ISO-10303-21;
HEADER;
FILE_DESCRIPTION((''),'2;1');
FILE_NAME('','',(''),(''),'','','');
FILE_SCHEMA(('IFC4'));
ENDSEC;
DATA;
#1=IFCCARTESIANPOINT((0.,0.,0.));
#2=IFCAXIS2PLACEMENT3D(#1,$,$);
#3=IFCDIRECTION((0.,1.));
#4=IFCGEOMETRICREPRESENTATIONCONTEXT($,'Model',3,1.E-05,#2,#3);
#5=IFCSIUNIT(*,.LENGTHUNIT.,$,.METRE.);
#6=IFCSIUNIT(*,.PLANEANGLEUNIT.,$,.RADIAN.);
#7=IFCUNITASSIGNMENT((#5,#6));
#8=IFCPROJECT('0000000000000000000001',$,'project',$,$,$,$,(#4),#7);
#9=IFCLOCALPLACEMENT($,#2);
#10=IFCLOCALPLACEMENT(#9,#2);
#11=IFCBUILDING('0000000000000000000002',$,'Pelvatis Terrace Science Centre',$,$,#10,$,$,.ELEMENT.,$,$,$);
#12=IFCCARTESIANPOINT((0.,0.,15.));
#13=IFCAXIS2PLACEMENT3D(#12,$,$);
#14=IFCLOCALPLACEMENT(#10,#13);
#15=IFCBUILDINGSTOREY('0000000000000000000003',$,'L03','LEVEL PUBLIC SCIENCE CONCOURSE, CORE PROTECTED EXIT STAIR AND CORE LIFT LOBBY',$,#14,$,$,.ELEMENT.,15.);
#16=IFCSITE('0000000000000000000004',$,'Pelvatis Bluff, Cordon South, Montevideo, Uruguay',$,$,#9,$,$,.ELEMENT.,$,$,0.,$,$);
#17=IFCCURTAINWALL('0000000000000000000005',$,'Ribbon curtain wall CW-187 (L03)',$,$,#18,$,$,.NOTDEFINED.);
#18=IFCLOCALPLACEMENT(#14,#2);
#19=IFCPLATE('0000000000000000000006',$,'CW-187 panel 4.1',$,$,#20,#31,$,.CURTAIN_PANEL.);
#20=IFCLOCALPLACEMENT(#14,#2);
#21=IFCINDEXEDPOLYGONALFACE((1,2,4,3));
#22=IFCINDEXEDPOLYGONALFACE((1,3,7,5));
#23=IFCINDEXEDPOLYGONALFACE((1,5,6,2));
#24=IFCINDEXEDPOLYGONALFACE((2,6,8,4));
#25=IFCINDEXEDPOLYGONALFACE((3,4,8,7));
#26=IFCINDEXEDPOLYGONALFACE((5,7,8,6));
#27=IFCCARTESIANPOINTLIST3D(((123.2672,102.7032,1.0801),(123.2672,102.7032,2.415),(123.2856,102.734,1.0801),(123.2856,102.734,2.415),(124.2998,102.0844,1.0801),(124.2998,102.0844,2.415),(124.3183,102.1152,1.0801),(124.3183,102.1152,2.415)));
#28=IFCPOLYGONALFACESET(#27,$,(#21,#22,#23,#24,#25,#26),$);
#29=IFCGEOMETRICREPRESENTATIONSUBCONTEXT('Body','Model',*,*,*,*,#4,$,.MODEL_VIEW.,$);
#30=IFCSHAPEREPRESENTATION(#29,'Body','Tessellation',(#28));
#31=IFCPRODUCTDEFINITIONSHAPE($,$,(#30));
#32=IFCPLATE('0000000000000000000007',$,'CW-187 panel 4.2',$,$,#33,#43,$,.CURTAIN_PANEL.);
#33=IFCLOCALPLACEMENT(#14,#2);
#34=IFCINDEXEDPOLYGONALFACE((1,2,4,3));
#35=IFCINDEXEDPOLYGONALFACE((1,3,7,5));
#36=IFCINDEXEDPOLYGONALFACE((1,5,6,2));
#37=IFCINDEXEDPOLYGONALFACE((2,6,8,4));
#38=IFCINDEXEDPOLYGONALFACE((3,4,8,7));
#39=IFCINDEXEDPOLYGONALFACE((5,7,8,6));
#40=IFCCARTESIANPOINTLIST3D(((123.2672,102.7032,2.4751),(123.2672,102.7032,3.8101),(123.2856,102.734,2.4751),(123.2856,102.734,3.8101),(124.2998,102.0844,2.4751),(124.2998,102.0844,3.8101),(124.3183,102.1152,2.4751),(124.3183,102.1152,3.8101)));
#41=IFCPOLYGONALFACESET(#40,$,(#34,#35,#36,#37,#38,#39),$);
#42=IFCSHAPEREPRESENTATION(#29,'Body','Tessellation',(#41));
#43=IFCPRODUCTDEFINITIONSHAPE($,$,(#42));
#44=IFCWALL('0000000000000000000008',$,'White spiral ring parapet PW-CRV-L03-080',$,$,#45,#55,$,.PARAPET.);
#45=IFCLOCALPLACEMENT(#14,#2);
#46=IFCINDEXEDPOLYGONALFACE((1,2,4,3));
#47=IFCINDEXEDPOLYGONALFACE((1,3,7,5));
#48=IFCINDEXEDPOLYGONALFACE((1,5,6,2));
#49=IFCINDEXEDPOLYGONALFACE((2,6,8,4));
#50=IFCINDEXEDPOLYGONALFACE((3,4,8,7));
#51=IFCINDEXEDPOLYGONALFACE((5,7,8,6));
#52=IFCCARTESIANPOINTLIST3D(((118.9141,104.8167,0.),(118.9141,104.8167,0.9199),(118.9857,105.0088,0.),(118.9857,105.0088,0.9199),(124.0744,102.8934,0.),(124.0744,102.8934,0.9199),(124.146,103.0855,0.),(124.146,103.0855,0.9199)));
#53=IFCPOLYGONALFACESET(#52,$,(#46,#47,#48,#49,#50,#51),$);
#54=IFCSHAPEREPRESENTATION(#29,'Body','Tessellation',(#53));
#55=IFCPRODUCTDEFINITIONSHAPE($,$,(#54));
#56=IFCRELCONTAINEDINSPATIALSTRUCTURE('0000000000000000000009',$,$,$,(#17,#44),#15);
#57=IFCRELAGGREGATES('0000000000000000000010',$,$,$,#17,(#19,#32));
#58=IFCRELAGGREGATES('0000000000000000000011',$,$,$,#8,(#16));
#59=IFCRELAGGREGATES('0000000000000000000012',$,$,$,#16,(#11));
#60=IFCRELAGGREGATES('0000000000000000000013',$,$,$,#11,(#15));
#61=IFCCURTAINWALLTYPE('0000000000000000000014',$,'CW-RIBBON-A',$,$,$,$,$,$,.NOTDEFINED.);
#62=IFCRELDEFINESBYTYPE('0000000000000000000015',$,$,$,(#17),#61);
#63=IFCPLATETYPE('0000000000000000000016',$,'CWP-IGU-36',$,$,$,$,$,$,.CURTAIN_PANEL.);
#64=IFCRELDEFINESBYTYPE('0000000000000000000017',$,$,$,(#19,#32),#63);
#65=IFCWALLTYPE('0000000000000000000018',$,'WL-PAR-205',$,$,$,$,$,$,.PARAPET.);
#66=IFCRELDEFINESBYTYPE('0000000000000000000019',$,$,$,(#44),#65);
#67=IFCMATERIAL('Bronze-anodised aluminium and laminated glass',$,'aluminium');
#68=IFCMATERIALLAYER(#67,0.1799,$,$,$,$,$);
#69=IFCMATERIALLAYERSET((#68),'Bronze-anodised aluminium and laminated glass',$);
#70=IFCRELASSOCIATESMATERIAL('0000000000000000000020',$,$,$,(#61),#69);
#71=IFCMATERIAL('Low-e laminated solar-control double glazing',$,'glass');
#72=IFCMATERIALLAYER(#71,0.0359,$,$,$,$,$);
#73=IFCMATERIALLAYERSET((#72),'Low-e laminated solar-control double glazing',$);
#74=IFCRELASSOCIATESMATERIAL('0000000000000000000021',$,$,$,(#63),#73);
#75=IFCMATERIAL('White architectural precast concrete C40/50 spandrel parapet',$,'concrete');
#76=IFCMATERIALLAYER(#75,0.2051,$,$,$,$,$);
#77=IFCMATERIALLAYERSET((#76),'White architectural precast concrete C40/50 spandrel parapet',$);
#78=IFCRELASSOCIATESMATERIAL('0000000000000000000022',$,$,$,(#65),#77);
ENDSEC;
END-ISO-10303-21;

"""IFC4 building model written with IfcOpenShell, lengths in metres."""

from ifc_helpers import new_model, si_unit, direction, frame, frame_2d, origin, origin_2d, place, context, subcontext, project, spatial, rectangle, extrude, material, layer, layer_set, type_object, element, aggregate, save


model = new_model("IFC4")

# Units and contexts
model_context = context("Model", 3, precision=1e-05, world=origin(), true_north=direction((0.0, 1.0)))
body_context = subcontext(model_context, "Body", "Model", "MODEL_VIEW")
ifc_project = project(units=[si_unit("LENGTHUNIT", "METRE"), si_unit("PLANEANGLEUNIT", "RADIAN")], contexts=[model_context])

# Site, building, storey
site_placement = place(None, origin())
site = spatial("IfcSite", under=ifc_project, at=site_placement, Name="Pelvatis Bluff, Cordon South, Montevideo, Uruguay", CompositionType="ELEMENT", RefElevation=0.0)
building_placement = place(site_placement, origin())
building = spatial("IfcBuilding", under=site, at=building_placement, Name="Pelvatis Terrace Science Centre", CompositionType="ELEMENT")
storey_placement = place(building_placement, frame((0.0, 0.0, 15.0)))
storey = spatial("IfcBuildingStorey", under=building, at=storey_placement, Name="L03", Description="LEVEL PUBLIC SCIENCE CONCOURSE, CORE PROTECTED EXIT STAIR AND CORE LIFT LOBBY", CompositionType="ELEMENT", Elevation=15.0)

# Curtain wall, plates
ifc_material_1 = material(Name="Bronze-anodised aluminium and laminated glass", Category="aluminium")
ifc_layer_1 = layer(ifc_material_1, 0.1799)
ifc_layer_set_1 = layer_set([ifc_layer_1], Name="Bronze-anodised aluminium and laminated glass")
curtain_wall_type = type_object("IfcCurtainWallType", Name="CW-RIBBON-A", PredefinedType="NOTDEFINED", material=ifc_layer_set_1)
curtain_wall_placement = place(storey_placement, origin())
curtain_wall = element("IfcCurtainWall", 1, at=curtain_wall_placement, inside=storey, type_object=curtain_wall_type, Name="Ribbon curtain wall CW-187 (L03)", PredefinedType="NOTDEFINED")
ifc_material_2 = material(Name="Low-e laminated solar-control double glazing", Category="glass")
ifc_layer_2 = layer(ifc_material_2, 0.0359)
ifc_layer_set_2 = layer_set([ifc_layer_2], Name="Low-e laminated solar-control double glazing")
plate_type = type_object("IfcPlateType", Name="CWP-IGU-36", PredefinedType="CURTAIN_PANEL", material=ifc_layer_set_2)
plate_1_placement = place(storey_placement, frame((123.7927, 102.4092, 1.0801), z_axis=(0.0, 0.0, 1.0), x_axis=(-0.857793, 0.513996, 0.0)))
plate_1 = element("IfcPlate", 2, at=plate_1_placement, type_object=plate_type, Name="CW-187 panel 4.1", PredefinedType="CURTAIN_PANEL", context=body_context, shape_type="SweptSolid", body=[
    extrude(rectangle(XDim=1.2039, YDim=0.0359, at=origin_2d()), origin(), (0.0, 0.0, 1.0), 1.335),
])
plate_2_placement = place(storey_placement, frame((123.7927, 102.4092, 2.4751), z_axis=(0.0, 0.0, 1.0), x_axis=(-0.857793, 0.513996, 0.0)))
plate_2 = element("IfcPlate", 3, at=plate_2_placement, type_object=plate_type, Name="CW-187 panel 4.2", PredefinedType="CURTAIN_PANEL", context=body_context, shape_type="SweptSolid", body=[
    extrude(rectangle(XDim=1.2039, YDim=0.0359, at=origin_2d()), origin(), (0.0, 0.0, 1.0), 1.335),
])
aggregate(curtain_wall, [plate_1, plate_2])

# Wall
ifc_material_3 = material(Name="White architectural precast concrete C40/50 spandrel parapet", Category="concrete")
ifc_layer_3 = layer(ifc_material_3, 0.2051)
ifc_layer_set_3 = layer_set([ifc_layer_3], Name="White architectural precast concrete C40/50 spandrel parapet")
wall_type = type_object("IfcWallType", Name="WL-PAR-205", PredefinedType="PARAPET", material=ifc_layer_set_3)
wall_placement = place(storey_placement, frame((124.1101, 102.9895, 0.0), z_axis=(0.0, 0.0, 1.0), x_axis=(-0.937032, 0.349243, 0.0)))
element("IfcWall", 4, at=wall_placement, inside=storey, type_object=wall_type, Name="White spiral ring parapet PW-CRV-L03-080", PredefinedType="PARAPET", context=body_context, shape_type="SweptSolid", body=[
    extrude(rectangle(XDim=5.5071, YDim=0.2051, at=frame_2d((2.7534, 0.0))), origin(), (0.0, 0.0, 1.0), 0.9199),
])

save(model, "model.ifc")
